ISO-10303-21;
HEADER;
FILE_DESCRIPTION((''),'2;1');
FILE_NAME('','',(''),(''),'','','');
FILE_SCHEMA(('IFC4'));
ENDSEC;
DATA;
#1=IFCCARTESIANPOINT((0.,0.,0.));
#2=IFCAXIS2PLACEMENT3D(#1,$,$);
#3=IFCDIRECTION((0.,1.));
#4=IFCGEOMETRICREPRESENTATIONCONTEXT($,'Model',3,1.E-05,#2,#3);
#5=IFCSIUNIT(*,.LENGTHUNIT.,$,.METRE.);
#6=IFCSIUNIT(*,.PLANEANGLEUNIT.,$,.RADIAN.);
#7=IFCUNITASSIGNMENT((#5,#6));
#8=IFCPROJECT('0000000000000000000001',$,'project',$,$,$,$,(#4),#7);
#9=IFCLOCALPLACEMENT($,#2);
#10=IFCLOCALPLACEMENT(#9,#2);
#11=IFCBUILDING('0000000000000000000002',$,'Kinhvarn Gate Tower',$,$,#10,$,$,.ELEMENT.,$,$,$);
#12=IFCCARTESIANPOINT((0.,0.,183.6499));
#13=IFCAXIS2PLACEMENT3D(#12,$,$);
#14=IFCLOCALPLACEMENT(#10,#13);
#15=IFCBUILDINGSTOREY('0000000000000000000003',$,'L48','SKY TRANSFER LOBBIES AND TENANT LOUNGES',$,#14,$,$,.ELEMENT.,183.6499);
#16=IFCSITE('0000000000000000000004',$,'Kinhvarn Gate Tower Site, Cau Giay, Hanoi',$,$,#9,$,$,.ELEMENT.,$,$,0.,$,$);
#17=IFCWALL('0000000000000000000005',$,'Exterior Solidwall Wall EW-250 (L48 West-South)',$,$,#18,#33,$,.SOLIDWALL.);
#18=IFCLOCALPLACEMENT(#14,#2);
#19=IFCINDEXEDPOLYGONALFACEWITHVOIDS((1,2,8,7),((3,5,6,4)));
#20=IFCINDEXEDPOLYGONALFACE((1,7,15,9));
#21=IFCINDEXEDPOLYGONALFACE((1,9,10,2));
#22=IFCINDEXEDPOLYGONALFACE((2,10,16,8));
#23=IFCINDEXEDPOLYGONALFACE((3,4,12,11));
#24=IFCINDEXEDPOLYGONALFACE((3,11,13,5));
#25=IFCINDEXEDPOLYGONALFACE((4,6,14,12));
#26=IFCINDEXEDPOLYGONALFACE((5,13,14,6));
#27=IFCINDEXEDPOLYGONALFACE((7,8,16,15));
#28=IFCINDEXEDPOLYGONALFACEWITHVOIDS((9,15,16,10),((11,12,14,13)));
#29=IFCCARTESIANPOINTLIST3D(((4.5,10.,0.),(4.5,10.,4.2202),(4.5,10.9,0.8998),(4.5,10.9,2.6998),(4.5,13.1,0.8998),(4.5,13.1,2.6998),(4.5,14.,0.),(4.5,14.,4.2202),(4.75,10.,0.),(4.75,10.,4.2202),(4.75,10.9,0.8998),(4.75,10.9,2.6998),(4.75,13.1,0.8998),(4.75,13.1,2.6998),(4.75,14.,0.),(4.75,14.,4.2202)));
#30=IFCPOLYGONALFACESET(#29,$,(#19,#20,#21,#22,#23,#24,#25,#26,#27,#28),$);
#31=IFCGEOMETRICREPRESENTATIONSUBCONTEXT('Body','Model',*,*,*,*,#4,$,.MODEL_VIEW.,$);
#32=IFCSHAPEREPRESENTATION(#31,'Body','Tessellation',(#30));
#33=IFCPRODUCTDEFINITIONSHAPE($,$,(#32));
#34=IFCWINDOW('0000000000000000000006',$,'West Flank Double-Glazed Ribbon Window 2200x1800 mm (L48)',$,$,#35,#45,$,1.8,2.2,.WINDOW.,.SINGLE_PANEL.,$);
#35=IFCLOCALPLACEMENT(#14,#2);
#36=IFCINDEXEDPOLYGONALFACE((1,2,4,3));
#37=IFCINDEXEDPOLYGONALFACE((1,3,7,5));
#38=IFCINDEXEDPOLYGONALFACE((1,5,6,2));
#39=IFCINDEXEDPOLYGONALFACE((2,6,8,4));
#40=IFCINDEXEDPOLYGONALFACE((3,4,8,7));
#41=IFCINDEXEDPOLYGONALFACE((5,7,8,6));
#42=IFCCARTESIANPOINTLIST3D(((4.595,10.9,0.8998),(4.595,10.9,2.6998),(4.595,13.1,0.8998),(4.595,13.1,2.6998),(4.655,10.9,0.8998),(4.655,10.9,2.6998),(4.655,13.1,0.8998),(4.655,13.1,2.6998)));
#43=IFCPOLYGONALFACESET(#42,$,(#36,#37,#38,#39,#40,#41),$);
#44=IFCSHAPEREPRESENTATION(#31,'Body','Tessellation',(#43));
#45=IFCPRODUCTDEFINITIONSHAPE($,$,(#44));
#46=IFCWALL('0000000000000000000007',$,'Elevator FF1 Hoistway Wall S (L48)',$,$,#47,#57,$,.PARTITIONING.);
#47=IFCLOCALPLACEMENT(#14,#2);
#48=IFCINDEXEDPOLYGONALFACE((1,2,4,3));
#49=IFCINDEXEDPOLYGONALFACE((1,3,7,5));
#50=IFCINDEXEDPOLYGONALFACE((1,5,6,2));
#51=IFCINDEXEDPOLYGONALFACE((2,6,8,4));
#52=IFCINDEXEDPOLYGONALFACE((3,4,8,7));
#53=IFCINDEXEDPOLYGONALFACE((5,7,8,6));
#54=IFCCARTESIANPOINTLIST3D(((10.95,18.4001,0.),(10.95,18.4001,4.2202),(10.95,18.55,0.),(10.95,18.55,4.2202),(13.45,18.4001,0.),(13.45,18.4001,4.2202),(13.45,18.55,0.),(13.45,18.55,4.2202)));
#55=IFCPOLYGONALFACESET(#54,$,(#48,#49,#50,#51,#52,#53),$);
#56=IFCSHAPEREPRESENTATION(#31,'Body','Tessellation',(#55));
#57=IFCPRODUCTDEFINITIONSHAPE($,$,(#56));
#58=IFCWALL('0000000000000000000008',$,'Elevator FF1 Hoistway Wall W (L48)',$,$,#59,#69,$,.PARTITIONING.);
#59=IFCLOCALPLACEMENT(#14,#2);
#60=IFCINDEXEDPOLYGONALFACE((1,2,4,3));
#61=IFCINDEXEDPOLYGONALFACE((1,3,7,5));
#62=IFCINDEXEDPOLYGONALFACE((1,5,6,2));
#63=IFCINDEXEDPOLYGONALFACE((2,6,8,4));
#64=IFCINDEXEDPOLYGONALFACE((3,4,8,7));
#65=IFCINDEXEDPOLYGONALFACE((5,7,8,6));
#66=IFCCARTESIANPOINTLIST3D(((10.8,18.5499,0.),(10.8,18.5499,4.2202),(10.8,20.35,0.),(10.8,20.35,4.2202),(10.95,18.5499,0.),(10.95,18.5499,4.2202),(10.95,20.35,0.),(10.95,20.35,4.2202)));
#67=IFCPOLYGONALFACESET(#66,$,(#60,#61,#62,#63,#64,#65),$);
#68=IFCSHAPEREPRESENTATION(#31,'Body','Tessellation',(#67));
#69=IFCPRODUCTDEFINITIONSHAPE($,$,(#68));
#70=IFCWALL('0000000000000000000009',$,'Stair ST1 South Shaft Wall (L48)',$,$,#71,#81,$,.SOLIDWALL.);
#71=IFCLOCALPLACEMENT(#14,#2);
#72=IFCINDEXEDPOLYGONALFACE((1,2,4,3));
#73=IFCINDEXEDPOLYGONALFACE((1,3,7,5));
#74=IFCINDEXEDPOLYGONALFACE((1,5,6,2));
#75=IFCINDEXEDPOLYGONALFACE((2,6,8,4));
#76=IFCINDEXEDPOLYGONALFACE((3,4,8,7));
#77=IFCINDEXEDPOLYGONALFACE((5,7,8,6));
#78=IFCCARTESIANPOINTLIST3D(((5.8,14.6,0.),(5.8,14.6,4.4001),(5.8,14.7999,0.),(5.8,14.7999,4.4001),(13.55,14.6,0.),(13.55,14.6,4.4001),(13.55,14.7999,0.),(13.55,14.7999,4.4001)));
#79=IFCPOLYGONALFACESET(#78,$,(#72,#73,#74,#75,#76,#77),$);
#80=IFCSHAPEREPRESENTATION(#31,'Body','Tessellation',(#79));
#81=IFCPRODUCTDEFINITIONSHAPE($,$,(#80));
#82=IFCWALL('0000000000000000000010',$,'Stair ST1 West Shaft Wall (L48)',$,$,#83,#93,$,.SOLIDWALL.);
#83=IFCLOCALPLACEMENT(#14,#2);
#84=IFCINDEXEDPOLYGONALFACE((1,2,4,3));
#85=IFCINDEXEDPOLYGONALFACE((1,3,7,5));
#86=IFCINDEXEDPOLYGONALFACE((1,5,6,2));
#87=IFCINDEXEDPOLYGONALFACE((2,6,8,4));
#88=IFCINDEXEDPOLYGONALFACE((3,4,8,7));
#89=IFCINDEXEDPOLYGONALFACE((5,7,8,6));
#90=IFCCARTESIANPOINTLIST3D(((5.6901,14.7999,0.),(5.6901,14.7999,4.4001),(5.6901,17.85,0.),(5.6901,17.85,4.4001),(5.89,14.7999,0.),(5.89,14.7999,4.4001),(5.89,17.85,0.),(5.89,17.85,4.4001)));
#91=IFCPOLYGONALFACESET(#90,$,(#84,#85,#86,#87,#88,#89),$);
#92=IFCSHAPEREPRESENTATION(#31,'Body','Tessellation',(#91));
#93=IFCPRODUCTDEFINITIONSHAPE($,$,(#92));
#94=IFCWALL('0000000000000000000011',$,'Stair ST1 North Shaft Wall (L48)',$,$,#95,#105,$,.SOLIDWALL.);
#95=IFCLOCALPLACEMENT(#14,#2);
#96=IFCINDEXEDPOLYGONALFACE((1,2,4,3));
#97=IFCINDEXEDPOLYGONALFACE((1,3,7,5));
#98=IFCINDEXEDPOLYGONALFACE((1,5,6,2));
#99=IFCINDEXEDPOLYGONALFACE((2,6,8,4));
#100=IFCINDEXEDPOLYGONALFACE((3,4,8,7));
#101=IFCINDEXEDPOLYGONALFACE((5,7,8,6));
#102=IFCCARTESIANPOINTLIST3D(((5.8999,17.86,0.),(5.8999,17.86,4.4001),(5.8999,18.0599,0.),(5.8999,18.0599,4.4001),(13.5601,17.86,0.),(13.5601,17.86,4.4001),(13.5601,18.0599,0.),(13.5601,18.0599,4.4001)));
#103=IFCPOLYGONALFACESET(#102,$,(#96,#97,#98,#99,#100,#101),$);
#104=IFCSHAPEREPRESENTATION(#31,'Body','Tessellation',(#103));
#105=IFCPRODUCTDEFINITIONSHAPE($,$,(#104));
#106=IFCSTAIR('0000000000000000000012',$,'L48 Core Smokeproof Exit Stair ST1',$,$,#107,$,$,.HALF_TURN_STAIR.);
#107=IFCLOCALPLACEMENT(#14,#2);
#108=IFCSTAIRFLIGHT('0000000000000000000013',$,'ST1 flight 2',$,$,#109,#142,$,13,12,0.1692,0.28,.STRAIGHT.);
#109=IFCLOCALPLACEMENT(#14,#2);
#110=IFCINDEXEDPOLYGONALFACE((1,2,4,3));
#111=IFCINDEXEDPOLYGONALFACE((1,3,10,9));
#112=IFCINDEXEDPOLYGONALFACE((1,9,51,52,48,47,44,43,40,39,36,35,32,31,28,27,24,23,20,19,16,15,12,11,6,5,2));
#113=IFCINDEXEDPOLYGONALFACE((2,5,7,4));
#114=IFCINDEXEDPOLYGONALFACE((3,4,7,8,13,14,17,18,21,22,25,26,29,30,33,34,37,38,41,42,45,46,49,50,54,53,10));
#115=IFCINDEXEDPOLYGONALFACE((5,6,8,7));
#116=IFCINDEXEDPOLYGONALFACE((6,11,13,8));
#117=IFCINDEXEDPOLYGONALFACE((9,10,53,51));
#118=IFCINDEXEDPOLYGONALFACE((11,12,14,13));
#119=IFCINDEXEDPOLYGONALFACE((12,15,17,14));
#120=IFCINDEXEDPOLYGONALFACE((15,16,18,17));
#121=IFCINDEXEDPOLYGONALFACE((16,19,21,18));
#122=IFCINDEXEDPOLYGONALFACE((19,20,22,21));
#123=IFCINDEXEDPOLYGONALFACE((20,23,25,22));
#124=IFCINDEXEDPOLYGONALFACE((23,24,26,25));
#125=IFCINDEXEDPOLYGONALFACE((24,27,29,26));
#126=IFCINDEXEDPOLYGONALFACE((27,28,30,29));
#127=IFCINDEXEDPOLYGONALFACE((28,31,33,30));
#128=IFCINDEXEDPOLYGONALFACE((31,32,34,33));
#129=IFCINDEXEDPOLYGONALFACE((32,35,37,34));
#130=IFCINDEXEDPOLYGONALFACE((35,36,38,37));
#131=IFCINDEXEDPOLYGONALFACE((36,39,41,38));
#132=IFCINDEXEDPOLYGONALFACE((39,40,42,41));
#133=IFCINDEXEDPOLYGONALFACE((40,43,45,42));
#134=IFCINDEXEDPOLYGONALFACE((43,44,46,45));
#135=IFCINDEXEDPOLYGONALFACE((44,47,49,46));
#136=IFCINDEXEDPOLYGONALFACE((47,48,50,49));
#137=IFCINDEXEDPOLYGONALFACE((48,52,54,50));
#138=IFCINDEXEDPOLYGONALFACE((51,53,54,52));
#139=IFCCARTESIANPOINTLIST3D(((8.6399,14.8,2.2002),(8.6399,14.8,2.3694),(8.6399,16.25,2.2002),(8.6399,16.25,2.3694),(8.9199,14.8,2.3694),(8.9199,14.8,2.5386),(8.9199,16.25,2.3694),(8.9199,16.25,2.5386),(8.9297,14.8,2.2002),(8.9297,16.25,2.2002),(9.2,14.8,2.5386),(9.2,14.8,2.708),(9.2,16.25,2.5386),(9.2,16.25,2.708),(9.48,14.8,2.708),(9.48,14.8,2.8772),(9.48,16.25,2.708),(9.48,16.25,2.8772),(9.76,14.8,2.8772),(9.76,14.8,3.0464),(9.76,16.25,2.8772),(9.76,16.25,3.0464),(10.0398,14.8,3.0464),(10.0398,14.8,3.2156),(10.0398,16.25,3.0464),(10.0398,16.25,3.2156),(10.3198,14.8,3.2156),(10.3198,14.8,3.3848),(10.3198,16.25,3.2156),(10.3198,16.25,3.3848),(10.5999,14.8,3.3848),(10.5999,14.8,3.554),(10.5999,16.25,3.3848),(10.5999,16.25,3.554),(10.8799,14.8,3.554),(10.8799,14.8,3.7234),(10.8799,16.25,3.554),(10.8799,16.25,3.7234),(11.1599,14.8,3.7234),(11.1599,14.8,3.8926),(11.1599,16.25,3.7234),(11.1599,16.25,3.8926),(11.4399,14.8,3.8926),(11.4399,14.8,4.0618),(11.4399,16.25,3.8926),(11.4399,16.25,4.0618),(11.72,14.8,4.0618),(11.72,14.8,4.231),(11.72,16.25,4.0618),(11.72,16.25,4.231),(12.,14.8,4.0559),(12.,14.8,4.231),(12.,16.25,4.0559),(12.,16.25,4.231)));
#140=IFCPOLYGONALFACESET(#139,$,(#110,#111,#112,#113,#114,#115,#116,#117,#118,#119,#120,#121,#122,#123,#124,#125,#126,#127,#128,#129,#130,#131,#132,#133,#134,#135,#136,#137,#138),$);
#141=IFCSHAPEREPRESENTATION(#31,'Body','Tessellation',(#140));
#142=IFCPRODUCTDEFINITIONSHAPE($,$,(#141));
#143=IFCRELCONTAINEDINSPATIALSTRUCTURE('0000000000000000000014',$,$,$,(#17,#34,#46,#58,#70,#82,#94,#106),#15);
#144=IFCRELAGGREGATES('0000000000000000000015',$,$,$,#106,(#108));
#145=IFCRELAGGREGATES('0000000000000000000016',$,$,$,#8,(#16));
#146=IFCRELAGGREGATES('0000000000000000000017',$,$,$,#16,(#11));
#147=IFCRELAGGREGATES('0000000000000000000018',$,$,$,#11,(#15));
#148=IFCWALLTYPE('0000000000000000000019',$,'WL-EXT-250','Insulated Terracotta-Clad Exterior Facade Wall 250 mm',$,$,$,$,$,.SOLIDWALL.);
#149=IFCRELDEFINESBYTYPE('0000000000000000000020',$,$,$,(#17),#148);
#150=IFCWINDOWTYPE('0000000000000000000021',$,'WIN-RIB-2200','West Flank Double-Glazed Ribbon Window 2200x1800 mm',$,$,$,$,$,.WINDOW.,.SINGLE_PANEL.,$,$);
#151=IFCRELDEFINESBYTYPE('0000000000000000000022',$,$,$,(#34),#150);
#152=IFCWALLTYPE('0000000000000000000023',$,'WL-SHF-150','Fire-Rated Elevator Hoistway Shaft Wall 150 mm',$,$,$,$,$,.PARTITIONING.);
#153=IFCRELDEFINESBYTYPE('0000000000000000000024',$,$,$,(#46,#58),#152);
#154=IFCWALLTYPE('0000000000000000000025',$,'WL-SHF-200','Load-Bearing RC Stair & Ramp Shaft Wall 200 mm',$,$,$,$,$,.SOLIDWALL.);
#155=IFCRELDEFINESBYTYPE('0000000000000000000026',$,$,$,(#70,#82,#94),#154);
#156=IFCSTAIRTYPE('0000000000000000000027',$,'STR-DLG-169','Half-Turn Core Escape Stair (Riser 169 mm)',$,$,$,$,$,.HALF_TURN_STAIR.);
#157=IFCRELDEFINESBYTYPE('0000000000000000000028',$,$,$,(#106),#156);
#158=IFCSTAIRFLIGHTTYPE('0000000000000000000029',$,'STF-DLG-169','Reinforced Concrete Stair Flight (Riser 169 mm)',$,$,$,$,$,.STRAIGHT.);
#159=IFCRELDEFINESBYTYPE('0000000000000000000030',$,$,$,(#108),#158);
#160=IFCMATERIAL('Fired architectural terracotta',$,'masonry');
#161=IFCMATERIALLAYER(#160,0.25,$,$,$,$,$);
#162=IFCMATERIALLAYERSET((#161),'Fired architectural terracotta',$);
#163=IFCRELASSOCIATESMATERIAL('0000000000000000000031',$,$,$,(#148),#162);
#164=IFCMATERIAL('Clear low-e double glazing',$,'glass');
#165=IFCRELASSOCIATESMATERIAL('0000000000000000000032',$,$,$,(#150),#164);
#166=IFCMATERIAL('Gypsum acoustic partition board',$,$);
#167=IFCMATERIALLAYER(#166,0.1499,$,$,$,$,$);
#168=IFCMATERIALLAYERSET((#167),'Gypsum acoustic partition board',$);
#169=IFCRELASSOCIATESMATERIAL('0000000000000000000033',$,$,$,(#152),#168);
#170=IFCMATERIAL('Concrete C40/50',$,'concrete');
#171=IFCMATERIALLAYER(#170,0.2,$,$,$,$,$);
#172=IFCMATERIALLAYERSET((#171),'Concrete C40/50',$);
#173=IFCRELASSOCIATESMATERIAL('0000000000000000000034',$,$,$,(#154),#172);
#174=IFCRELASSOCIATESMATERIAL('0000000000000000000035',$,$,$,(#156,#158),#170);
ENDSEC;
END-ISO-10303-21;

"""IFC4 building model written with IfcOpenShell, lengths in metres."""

from ifc_helpers import new_model, si_unit, direction, frame, frame_2d, origin, place, context, subcontext, project, spatial, polyline, rectangle, outline, extrude, material, layer, layer_set, type_object, element, fill, aggregate, save


model = new_model("IFC4")

# Units and contexts
model_context = context("Model", 3, precision=1e-05, world=origin(), true_north=direction((0.0, 1.0)))
body_context = subcontext(model_context, "Body", "Model", "MODEL_VIEW")
ifc_project = project(units=[si_unit("LENGTHUNIT", "METRE"), si_unit("PLANEANGLEUNIT", "RADIAN")], contexts=[model_context])

# Site, building, storey
site_placement = place(None, origin())
site = spatial("IfcSite", under=ifc_project, at=site_placement, Name="Kinhvarn Gate Tower Site, Cau Giay, Hanoi", CompositionType="ELEMENT", RefElevation=0.0)
building_placement = place(site_placement, origin())
building = spatial("IfcBuilding", under=site, at=building_placement, Name="Kinhvarn Gate Tower", CompositionType="ELEMENT")
storey_placement = place(building_placement, frame((0.0, 0.0, 183.6499)))
storey = spatial("IfcBuildingStorey", under=building, at=storey_placement, Name="L48", Description="SKY TRANSFER LOBBIES AND TENANT LOUNGES", CompositionType="ELEMENT", Elevation=183.6499)

# Shared definitions
ifc_material_1 = material(Name="Clear low-e double glazing", Category="glass")

# Wall, opening, window
ifc_material_2 = material(Name="Fired architectural terracotta", Category="masonry")
ifc_layer_1 = layer(ifc_material_2, 0.25)
ifc_layer_set_1 = layer_set([ifc_layer_1], Name="Fired architectural terracotta")
wall_type_1 = type_object("IfcWallType", Name="WL-EXT-250", Description="Insulated Terracotta-Clad Exterior Facade Wall 250 mm", PredefinedType="SOLIDWALL", material=ifc_layer_set_1)
wall_1_placement = place(storey_placement, frame((4.625, 14.0, 0.0), z_axis=(0.0, 0.0, 1.0), x_axis=(0.0, -1.0, 0.0)))
wall_1 = element("IfcWall", 1, at=wall_1_placement, inside=storey, type_object=wall_type_1, Name="Exterior Solidwall Wall EW-250 (L48 West-South)", PredefinedType="SOLIDWALL", context=body_context, shape_type="SweptSolid", body=[
    extrude(rectangle(XDim=4.0, YDim=0.25, at=frame_2d((2.0, 0.0))), origin(), (0.0, 0.0, 1.0), 4.2202),
])
opening_placement = place(wall_1_placement, frame((0.8999, 0.0, 0.8999)))
opening = element("IfcOpeningElement", 2, at=opening_placement, cuts=wall_1, PredefinedType="OPENING", context=body_context, shape_type="SweptSolid", body=[
    extrude(rectangle(XDim=2.2, YDim=1.8, at=frame_2d((1.1001, 0.8999))), frame((0.0, 0.135, 0.0), z_axis=(0.0, -1.0, 0.0), x_axis=(1.0, 0.0, 0.0)), (0.0, 0.0, 1.0), 0.27),
])
window_type = type_object("IfcWindowType", Name="WIN-RIB-2200", Description="West Flank Double-Glazed Ribbon Window 2200x1800 mm", PartitioningType="SINGLE_PANEL", PredefinedType="WINDOW", material=ifc_material_1)
window_placement = place(opening_placement, origin())
window = element("IfcWindow", 3, at=window_placement, inside=storey, type_object=window_type, Name="West Flank Double-Glazed Ribbon Window 2200x1800 mm (L48)", OverallHeight=1.8, OverallWidth=2.2, PartitioningType="SINGLE_PANEL", PredefinedType="WINDOW", context=body_context, shape_type="SweptSolid", body=[
    extrude(rectangle(XDim=2.2, YDim=1.8, at=frame_2d((1.1001, 0.8999))), frame((0.0, 0.03, 0.0), z_axis=(0.0, -1.0, 0.0), x_axis=(1.0, 0.0, 0.0)), (0.0, 0.0, 1.0), 0.0601),
])
fill(opening, window)

# Walls
ifc_material_3 = material(Name="Gypsum acoustic partition board")
ifc_layer_2 = layer(ifc_material_3, 0.1499)
ifc_layer_set_2 = layer_set([ifc_layer_2], Name="Gypsum acoustic partition board")
wall_type_2 = type_object("IfcWallType", Name="WL-SHF-150", Description="Fire-Rated Elevator Hoistway Shaft Wall 150 mm", PredefinedType="PARTITIONING", material=ifc_layer_set_2)
wall_2_placement = place(storey_placement, frame((10.95, 18.4751, 0.0), z_axis=(0.0, 0.0, 1.0), x_axis=(1.0, 0.0, 0.0)))
element("IfcWall", 4, at=wall_2_placement, inside=storey, type_object=wall_type_2, Name="Elevator FF1 Hoistway Wall S (L48)", PredefinedType="PARTITIONING", context=body_context, shape_type="SweptSolid", body=[
    extrude(rectangle(XDim=2.5, YDim=0.1499, at=frame_2d((1.25, 0.0))), origin(), (0.0, 0.0, 1.0), 4.2202),
])
wall_3_placement = place(storey_placement, frame((10.875, 18.55, 0.0), z_axis=(0.0, 0.0, 1.0), x_axis=(0.0, 1.0, 0.0)))
element("IfcWall", 5, at=wall_3_placement, inside=storey, type_object=wall_type_2, Name="Elevator FF1 Hoistway Wall W (L48)", PredefinedType="PARTITIONING", context=body_context, shape_type="SweptSolid", body=[
    extrude(rectangle(XDim=1.8, YDim=0.1499, at=frame_2d((0.8999, 0.0))), origin(), (0.0, 0.0, 1.0), 4.2202),
])
ifc_material_4 = material(Name="Concrete C40/50", Category="concrete")
ifc_layer_3 = layer(ifc_material_4, 0.2)
ifc_layer_set_3 = layer_set([ifc_layer_3], Name="Concrete C40/50")
wall_type_3 = type_object("IfcWallType", Name="WL-SHF-200", Description="Load-Bearing RC Stair & Ramp Shaft Wall 200 mm", PredefinedType="SOLIDWALL", material=ifc_layer_set_3)
wall_4_placement = place(storey_placement, frame((5.8, 14.7, 0.0), z_axis=(0.0, 0.0, 1.0), x_axis=(1.0, 0.0, 0.0)))
element("IfcWall", 6, at=wall_4_placement, inside=storey, type_object=wall_type_3, Name="Stair ST1 South Shaft Wall (L48)", PredefinedType="SOLIDWALL", context=body_context, shape_type="SweptSolid", body=[
    extrude(rectangle(XDim=7.75, YDim=0.2, at=frame_2d((3.875, 0.0))), origin(), (0.0, 0.0, 1.0), 4.4001),
])
wall_5_placement = place(storey_placement, frame((5.79, 14.8, 0.0), z_axis=(0.0, 0.0, 1.0), x_axis=(0.0, 1.0, 0.0)))
element("IfcWall", 7, at=wall_5_placement, inside=storey, type_object=wall_type_3, Name="Stair ST1 West Shaft Wall (L48)", PredefinedType="SOLIDWALL", context=body_context, shape_type="SweptSolid", body=[
    extrude(rectangle(XDim=3.05, YDim=0.2, at=frame_2d((1.5249, 0.0))), origin(), (0.0, 0.0, 1.0), 4.4001),
])
wall_6_placement = place(storey_placement, frame((5.8999, 17.96, 0.0), z_axis=(0.0, 0.0, 1.0), x_axis=(1.0, 0.0, 0.0)))
element("IfcWall", 8, at=wall_6_placement, inside=storey, type_object=wall_type_3, Name="Stair ST1 North Shaft Wall (L48)", PredefinedType="SOLIDWALL", context=body_context, shape_type="SweptSolid", body=[
    extrude(rectangle(XDim=7.6602, YDim=0.2, at=frame_2d((3.8301, 0.0))), origin(), (0.0, 0.0, 1.0), 4.4001),
])

# Stair, stair flight
stair_type = type_object("IfcStairType", Name="STR-DLG-169", Description="Half-Turn Core Escape Stair (Riser 169 mm)", PredefinedType="HALF_TURN_STAIR", material=ifc_material_4)
stair_placement = place(storey_placement, origin())
stair = element("IfcStair", 9, at=stair_placement, inside=storey, type_object=stair_type, Name="L48 Core Smokeproof Exit Stair ST1", PredefinedType="HALF_TURN_STAIR")
stair_flight_type = type_object("IfcStairFlightType", Name="STF-DLG-169", Description="Reinforced Concrete Stair Flight (Riser 169 mm)", PredefinedType="STRAIGHT", material=ifc_material_4)
stair_flight_placement = place(storey_placement, frame((8.6399, 15.5249, 2.2002), z_axis=(0.0, 0.0, 1.0), x_axis=(1.0, 0.0, 0.0)))
stair_flight = element("IfcStairFlight", 10, at=stair_flight_placement, type_object=stair_flight_type, Name="ST1 flight 2", NumberOfRisers=13, NumberOfTreads=12, PredefinedType="STRAIGHT", RiserHeight=0.1692, TreadLength=0.28, context=body_context, shape_type="SweptSolid", body=[
    extrude(outline(polyline([(0.0, 0.0), (0.0, 0.1692), (0.28, 0.1692), (0.28, 0.3384), (0.5601, 0.3384), (0.5601, 0.5078), (0.8401, 0.5078), (0.8401, 0.677), (1.1201, 0.677), (1.1201, 0.8462), (1.3999, 0.8462), (1.3999, 1.0154), (1.6799, 1.0154), (1.6799, 1.1846), (1.96, 1.1846), (1.96, 1.3538), (2.24, 1.3538), (2.24, 1.5232), (2.52, 1.5232), (2.52, 1.6924), (2.8, 1.6924), (2.8, 1.8616), (3.0801, 1.8616), (3.0801, 2.0308), (3.3601, 2.0308), (3.3601, 2.2), (3.3601, 1.8557), (0.2898, 0.0), (0.0, 0.0)])), frame((0.0, 0.7251, 0.0), z_axis=(0.0, -1.0, 0.0), x_axis=(1.0, 0.0, 0.0)), (0.0, 0.0, 1.0), 1.45),
])
aggregate(stair, [stair_flight])

save(model, "model.ifc")
